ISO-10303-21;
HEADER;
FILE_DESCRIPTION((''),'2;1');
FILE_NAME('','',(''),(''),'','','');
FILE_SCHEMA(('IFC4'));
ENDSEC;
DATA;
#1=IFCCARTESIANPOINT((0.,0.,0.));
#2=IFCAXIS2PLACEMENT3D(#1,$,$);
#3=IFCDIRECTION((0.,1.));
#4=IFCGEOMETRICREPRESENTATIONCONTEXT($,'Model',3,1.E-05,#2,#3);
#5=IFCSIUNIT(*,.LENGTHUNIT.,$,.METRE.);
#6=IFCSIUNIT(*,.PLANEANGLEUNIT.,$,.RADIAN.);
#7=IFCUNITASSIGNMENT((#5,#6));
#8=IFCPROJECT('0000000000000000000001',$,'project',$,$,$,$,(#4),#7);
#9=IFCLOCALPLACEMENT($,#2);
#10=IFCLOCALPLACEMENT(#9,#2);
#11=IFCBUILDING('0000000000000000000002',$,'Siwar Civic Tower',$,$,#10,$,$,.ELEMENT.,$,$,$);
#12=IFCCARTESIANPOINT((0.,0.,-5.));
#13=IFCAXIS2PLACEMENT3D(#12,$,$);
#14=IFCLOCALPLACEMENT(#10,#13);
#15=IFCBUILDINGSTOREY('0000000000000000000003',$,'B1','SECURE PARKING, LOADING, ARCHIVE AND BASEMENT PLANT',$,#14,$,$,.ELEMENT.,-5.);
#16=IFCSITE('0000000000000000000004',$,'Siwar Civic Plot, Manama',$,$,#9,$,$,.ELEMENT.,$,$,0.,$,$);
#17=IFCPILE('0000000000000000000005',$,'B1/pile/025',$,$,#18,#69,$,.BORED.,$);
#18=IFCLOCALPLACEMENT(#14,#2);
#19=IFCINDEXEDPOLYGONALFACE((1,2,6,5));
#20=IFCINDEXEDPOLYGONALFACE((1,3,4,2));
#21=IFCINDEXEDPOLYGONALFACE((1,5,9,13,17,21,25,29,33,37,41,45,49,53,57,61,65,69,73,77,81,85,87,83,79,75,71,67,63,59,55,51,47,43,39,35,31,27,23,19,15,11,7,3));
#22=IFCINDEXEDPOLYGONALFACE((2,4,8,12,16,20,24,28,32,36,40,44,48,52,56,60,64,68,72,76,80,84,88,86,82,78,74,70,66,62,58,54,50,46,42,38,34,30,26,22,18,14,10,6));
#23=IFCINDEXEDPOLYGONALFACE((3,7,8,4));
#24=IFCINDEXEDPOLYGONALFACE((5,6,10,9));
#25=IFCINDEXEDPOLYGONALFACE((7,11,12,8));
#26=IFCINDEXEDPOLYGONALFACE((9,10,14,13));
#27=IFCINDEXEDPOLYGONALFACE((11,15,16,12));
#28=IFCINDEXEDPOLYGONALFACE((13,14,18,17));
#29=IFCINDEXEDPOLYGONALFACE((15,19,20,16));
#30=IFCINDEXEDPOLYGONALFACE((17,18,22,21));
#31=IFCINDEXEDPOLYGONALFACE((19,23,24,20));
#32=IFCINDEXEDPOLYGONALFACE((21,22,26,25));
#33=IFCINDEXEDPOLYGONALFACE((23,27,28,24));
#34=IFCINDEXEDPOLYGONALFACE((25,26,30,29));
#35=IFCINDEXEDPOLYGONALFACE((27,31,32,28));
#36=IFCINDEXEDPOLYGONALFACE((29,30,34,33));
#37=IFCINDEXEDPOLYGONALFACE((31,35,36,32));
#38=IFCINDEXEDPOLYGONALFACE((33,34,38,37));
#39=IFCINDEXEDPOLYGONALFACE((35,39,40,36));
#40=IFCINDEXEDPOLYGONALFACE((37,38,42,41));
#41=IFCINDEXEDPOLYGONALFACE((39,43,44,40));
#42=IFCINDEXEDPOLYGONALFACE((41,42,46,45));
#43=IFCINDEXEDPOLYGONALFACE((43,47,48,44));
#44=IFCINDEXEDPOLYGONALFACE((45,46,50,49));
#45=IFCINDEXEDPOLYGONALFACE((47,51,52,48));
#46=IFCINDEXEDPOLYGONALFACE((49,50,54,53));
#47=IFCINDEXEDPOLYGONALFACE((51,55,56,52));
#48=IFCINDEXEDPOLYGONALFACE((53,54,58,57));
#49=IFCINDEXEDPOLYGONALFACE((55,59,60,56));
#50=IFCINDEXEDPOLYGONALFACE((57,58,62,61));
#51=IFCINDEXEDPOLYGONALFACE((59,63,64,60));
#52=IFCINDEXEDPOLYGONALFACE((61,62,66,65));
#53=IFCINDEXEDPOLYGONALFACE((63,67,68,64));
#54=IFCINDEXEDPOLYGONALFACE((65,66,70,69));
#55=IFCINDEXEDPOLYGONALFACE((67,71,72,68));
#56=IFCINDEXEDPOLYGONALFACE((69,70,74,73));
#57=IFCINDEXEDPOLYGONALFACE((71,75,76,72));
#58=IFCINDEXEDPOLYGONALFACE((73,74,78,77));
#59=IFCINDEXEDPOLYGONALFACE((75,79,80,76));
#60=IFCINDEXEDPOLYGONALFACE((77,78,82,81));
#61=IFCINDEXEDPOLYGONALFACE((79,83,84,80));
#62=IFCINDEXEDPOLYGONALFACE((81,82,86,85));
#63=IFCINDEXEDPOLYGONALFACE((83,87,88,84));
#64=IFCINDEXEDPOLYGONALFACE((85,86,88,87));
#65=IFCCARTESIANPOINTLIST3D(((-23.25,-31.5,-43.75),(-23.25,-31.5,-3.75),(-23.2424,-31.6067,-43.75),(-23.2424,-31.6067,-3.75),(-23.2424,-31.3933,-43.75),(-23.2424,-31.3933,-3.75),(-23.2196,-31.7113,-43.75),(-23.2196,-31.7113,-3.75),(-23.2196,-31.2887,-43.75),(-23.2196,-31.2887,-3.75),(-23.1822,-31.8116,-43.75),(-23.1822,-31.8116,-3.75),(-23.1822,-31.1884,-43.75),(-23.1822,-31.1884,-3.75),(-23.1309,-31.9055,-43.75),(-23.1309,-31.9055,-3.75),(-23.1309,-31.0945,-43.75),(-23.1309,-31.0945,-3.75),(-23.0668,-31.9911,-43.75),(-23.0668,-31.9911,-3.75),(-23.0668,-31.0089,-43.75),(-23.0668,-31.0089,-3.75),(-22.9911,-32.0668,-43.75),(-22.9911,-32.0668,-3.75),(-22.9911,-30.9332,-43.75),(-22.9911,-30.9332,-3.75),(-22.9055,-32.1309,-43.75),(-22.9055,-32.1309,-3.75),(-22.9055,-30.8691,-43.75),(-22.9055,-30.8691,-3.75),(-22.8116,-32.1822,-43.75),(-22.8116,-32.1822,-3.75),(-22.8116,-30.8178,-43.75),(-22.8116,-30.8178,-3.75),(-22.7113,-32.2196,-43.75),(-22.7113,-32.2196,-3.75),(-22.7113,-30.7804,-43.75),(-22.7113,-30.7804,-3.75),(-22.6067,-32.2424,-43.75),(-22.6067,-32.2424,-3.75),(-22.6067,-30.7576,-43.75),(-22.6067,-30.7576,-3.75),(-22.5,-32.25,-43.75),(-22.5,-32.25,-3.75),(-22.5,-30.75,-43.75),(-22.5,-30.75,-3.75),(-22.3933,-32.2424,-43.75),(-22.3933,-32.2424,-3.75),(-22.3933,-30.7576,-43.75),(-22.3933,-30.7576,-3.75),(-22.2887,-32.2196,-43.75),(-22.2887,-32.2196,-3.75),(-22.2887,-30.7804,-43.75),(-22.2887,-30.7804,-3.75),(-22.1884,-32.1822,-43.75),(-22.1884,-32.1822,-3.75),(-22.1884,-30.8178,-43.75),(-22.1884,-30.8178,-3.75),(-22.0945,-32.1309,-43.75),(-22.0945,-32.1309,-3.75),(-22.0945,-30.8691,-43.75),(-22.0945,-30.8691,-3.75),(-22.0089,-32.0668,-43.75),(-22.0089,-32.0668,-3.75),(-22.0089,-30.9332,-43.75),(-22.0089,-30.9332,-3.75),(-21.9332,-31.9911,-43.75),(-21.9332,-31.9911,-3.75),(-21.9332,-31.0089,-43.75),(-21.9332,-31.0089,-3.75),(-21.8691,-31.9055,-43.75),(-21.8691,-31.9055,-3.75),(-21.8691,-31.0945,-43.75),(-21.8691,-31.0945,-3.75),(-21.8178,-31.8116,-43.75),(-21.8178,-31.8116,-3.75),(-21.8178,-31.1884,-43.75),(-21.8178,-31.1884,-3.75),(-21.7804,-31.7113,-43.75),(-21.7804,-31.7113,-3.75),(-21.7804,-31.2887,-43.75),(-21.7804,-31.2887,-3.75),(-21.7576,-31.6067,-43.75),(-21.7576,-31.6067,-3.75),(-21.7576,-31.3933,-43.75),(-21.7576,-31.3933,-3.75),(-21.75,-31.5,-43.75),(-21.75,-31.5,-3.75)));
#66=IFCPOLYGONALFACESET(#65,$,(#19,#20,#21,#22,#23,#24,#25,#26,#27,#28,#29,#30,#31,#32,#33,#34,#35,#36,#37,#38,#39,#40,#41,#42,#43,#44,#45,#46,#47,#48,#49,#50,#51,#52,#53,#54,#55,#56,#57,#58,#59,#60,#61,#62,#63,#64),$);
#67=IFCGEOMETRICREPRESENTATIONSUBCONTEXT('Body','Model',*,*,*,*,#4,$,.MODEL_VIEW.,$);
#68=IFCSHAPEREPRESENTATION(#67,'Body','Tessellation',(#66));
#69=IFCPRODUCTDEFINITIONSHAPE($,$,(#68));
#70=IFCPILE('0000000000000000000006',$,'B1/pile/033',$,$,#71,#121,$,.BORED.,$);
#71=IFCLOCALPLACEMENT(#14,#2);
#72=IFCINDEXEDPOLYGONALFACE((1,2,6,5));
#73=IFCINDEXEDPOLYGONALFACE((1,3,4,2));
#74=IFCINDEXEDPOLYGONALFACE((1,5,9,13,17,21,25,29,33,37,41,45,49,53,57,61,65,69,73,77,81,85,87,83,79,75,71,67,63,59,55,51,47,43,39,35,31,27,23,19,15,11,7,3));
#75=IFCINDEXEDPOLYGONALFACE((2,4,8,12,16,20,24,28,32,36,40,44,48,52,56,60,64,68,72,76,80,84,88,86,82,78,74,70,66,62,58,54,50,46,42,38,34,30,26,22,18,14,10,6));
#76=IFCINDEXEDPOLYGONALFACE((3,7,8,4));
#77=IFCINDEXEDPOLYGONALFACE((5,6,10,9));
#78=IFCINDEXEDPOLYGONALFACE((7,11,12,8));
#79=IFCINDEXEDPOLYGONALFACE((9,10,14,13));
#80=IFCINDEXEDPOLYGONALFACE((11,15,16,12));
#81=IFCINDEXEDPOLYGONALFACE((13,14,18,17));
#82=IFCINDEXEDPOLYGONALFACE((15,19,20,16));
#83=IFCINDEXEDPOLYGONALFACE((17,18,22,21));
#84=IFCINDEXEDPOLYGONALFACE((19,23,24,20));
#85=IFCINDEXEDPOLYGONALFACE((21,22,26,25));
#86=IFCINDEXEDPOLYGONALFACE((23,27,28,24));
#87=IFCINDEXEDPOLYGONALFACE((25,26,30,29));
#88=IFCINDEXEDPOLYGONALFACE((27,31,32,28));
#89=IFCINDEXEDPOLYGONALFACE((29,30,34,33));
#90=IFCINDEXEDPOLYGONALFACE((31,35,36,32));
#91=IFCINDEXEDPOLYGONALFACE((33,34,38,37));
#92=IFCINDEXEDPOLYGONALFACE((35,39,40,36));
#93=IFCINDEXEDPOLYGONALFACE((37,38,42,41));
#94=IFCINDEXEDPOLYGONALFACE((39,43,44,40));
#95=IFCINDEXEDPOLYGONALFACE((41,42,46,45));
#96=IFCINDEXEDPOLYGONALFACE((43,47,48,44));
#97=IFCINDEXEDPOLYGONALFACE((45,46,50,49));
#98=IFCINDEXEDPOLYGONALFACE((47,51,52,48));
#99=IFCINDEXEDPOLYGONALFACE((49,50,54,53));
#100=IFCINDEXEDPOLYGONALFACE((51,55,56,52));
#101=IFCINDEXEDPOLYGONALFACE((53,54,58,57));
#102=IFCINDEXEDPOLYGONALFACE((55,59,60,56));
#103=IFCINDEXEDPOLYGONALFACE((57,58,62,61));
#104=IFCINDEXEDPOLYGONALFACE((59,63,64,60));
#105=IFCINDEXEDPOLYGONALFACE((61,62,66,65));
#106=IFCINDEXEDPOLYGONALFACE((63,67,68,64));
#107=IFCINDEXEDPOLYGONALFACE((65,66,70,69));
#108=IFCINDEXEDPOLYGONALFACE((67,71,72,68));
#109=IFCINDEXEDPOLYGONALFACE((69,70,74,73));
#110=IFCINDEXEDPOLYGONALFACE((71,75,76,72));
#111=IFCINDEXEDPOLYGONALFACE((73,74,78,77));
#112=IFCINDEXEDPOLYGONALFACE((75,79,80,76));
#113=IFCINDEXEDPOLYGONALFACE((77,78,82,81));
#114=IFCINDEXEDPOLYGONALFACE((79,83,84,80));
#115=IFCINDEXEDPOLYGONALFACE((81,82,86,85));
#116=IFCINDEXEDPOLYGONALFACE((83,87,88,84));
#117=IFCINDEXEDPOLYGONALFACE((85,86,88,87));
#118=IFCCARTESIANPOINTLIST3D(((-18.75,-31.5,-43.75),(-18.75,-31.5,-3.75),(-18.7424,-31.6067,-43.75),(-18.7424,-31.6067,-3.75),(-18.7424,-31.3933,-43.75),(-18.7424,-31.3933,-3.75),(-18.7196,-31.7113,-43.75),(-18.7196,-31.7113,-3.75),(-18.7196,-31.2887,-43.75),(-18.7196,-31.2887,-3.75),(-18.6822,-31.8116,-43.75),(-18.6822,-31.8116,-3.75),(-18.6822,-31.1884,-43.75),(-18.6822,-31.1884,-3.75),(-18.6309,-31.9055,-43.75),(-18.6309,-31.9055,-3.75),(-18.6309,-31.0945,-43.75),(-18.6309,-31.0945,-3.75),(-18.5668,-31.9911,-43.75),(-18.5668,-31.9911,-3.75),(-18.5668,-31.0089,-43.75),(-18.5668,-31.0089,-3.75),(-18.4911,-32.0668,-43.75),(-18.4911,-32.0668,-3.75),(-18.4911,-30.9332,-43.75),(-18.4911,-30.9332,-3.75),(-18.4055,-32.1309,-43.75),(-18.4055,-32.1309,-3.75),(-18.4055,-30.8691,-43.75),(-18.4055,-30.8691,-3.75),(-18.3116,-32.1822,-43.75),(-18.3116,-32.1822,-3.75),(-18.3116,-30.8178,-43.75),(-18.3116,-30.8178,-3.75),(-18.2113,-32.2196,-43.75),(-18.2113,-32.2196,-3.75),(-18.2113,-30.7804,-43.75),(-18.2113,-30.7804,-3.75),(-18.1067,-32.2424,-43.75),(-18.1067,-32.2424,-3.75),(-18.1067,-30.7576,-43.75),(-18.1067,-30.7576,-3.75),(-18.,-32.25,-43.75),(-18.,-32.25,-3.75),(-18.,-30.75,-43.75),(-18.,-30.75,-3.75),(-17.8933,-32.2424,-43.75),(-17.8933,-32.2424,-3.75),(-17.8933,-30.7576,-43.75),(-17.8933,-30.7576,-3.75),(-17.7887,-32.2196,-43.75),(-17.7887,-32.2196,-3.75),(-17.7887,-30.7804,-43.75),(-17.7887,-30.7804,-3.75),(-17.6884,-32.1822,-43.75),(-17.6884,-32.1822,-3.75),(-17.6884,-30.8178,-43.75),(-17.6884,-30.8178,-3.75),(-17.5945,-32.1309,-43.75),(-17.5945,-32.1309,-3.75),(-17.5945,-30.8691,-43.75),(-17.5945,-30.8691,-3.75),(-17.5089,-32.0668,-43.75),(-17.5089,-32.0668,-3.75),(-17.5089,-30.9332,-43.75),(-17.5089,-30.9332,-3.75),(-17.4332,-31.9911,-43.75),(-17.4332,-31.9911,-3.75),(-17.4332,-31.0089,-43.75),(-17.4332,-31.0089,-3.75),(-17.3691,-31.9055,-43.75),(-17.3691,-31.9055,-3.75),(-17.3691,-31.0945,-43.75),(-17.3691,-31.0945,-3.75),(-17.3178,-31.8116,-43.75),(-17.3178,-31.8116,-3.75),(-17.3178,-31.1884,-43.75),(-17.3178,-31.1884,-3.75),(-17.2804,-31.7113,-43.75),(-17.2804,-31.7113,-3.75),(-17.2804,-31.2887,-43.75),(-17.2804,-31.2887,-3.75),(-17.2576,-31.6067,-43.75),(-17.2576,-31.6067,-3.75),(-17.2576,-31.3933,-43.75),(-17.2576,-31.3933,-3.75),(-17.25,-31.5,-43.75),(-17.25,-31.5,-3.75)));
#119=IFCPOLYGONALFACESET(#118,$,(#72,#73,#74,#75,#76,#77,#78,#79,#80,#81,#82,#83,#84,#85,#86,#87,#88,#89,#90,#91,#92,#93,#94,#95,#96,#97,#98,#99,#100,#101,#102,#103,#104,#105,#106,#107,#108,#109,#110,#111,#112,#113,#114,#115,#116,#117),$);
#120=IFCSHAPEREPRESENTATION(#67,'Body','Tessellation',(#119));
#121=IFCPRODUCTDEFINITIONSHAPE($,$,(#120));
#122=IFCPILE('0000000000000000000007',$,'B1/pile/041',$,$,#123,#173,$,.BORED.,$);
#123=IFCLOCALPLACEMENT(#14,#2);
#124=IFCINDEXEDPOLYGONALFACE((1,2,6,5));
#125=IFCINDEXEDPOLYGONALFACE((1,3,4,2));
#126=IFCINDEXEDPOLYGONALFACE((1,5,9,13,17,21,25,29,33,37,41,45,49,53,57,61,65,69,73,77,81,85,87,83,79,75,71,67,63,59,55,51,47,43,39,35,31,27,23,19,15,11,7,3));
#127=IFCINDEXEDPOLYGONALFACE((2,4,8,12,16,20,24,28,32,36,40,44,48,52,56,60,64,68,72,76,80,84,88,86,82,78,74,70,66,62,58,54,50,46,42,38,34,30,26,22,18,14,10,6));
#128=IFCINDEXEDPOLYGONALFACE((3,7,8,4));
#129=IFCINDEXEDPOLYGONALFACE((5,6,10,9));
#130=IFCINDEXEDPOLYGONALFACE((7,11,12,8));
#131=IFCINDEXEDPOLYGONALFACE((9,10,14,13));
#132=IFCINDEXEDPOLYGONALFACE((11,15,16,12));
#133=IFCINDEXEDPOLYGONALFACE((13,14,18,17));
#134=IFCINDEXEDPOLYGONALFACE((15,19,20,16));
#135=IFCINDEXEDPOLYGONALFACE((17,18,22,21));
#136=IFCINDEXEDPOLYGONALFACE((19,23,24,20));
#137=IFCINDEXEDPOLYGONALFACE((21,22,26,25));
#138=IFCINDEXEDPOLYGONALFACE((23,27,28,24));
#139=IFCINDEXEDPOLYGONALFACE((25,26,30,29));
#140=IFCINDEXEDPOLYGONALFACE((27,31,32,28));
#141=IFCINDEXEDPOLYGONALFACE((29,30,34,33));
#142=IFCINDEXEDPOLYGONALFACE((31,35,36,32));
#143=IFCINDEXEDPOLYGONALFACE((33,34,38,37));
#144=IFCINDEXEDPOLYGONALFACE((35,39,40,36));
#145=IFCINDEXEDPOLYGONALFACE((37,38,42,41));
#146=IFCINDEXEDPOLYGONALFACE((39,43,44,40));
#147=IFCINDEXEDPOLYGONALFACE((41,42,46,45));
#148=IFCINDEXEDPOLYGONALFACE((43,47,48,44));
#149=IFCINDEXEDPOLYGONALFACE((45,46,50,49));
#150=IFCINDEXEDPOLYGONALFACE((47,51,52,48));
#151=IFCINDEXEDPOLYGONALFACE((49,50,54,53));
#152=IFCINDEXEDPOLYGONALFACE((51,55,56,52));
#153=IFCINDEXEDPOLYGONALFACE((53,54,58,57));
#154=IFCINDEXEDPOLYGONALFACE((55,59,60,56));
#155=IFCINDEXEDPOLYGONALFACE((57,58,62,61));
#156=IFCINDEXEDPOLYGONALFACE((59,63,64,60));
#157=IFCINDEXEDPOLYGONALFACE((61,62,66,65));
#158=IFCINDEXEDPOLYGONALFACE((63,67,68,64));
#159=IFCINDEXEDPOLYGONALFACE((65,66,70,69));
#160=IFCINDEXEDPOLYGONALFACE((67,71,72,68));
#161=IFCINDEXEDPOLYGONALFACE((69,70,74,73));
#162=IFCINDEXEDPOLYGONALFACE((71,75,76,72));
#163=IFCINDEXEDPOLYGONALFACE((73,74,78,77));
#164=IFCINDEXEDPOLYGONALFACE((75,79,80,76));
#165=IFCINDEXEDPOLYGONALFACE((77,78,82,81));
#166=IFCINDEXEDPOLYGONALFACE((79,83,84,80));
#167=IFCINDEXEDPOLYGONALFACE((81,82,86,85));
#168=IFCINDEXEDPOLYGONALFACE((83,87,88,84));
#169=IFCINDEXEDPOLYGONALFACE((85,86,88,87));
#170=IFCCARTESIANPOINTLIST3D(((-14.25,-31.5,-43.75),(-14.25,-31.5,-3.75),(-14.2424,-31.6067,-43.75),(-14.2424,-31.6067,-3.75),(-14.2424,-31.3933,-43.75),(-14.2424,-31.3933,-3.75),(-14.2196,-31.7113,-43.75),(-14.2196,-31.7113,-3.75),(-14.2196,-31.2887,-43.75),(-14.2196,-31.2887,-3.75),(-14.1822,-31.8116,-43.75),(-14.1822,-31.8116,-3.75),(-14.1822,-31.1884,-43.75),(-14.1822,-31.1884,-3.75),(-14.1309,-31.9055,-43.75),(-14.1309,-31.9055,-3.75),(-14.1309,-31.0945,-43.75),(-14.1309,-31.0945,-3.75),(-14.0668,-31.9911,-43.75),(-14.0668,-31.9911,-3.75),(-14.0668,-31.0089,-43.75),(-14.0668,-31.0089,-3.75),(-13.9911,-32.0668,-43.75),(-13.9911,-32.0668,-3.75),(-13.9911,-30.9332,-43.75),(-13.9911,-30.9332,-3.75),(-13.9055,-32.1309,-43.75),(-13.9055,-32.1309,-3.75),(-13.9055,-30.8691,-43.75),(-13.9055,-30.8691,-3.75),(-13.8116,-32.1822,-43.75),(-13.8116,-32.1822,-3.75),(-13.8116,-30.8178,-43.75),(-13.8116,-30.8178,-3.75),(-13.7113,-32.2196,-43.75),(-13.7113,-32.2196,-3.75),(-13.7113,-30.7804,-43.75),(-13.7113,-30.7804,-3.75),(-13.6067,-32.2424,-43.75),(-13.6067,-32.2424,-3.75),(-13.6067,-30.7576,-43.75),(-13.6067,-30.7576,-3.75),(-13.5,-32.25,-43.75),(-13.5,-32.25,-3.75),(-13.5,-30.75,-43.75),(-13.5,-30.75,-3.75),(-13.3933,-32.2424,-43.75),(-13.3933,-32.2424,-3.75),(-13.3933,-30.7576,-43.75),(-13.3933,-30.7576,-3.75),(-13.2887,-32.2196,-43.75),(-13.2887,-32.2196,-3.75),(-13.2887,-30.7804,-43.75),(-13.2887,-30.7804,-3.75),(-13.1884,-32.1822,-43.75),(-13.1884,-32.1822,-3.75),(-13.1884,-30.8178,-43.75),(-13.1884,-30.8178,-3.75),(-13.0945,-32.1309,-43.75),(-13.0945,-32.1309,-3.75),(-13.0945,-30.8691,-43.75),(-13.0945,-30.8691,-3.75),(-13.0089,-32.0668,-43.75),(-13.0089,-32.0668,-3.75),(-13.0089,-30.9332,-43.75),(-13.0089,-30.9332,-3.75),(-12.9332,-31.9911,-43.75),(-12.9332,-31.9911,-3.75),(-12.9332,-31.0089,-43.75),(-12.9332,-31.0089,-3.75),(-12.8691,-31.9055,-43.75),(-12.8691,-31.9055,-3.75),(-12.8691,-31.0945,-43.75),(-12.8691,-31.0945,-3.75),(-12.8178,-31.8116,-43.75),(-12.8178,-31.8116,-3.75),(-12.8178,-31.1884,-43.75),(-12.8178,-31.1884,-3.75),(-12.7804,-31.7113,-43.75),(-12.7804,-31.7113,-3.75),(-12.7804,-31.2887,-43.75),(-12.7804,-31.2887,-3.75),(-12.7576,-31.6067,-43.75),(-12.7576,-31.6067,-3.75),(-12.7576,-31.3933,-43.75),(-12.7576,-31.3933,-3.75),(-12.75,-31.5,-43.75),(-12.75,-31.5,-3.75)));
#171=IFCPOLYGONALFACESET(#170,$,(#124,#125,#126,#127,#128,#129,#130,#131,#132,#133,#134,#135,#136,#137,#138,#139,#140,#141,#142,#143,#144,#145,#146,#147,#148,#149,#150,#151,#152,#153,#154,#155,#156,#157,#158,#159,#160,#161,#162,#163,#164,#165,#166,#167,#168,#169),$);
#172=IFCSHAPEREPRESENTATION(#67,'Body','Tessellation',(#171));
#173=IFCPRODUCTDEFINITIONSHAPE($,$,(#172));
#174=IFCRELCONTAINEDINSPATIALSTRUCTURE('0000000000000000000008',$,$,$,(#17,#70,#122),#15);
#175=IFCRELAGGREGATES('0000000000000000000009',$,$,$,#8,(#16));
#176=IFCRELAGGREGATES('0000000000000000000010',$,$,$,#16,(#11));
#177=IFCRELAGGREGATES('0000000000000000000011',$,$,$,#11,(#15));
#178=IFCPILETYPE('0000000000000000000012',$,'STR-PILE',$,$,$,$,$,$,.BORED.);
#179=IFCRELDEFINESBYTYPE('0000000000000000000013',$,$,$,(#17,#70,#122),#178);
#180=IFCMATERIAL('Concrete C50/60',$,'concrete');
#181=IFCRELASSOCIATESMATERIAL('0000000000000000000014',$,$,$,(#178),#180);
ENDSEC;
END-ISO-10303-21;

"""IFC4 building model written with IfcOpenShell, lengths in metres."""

from ifc_helpers import new_model, si_unit, direction, frame, origin, origin_2d, place, context, subcontext, project, spatial, circle, extrude, material, material_profile, profile_set, type_object, element, save


model = new_model("IFC4")

# Units and contexts
model_context = context("Model", 3, precision=1e-05, world=origin(), true_north=direction((0.0, 1.0)))
body_context = subcontext(model_context, "Body", "Model", "MODEL_VIEW")
ifc_project = project(units=[si_unit("LENGTHUNIT", "METRE"), si_unit("PLANEANGLEUNIT", "RADIAN")], contexts=[model_context])

# Site, building, storey
site_placement = place(None, origin())
site = spatial("IfcSite", under=ifc_project, at=site_placement, Name="Siwar Civic Plot, Manama", CompositionType="ELEMENT", RefElevation=0.0)
building_placement = place(site_placement, origin())
building = spatial("IfcBuilding", under=site, at=building_placement, Name="Siwar Civic Tower", CompositionType="ELEMENT")
storey_placement = place(building_placement, frame((0.0, 0.0, -5.0)))
storey = spatial("IfcBuildingStorey", under=building, at=storey_placement, Name="B1", Description="SECURE PARKING, LOADING, ARCHIVE AND BASEMENT PLANT", CompositionType="ELEMENT", Elevation=-5.0)

# Piles
ifc_material_1 = material(Name="Concrete C50/60", Category="concrete")
ifc_material_profile_1 = material_profile(ifc_material_1, circle(Radius=0.75, at=origin_2d()), Name="PILE1500")
ifc_profile_set_1 = profile_set([ifc_material_profile_1], Name="Concrete C50/60")
pile_type = type_object("IfcPileType", Name="STR-PILE", PredefinedType="BORED", material=ifc_profile_set_1)
for number, where, z_axis, x_axis, name in (
    (1, (-22.5, -31.5, -3.75), (0.0, 0.0, -1.0), (1.0, 0.0, 0.0), "B1/pile/025"),
    (2, (-18.0, -31.5, -3.75), (0.0, 0.0, -1.0), (1.0, 0.0, 0.0), "B1/pile/033"),
    (3, (-13.5, -31.5, -3.75), (0.0, 0.0, -1.0), (1.0, 0.0, 0.0), "B1/pile/041"),
):
    element("IfcPile", number, at=place(storey_placement, frame(where, z_axis=z_axis, x_axis=x_axis)), inside=storey, type_object=pile_type, Name=name, PredefinedType="BORED", context=body_context, shape_type="SweptSolid", body=[
        extrude(circle(Radius=0.75, at=origin_2d()), origin(), (0.0, 0.0, 1.0), 40.0),
    ])

save(model, "model.ifc")
